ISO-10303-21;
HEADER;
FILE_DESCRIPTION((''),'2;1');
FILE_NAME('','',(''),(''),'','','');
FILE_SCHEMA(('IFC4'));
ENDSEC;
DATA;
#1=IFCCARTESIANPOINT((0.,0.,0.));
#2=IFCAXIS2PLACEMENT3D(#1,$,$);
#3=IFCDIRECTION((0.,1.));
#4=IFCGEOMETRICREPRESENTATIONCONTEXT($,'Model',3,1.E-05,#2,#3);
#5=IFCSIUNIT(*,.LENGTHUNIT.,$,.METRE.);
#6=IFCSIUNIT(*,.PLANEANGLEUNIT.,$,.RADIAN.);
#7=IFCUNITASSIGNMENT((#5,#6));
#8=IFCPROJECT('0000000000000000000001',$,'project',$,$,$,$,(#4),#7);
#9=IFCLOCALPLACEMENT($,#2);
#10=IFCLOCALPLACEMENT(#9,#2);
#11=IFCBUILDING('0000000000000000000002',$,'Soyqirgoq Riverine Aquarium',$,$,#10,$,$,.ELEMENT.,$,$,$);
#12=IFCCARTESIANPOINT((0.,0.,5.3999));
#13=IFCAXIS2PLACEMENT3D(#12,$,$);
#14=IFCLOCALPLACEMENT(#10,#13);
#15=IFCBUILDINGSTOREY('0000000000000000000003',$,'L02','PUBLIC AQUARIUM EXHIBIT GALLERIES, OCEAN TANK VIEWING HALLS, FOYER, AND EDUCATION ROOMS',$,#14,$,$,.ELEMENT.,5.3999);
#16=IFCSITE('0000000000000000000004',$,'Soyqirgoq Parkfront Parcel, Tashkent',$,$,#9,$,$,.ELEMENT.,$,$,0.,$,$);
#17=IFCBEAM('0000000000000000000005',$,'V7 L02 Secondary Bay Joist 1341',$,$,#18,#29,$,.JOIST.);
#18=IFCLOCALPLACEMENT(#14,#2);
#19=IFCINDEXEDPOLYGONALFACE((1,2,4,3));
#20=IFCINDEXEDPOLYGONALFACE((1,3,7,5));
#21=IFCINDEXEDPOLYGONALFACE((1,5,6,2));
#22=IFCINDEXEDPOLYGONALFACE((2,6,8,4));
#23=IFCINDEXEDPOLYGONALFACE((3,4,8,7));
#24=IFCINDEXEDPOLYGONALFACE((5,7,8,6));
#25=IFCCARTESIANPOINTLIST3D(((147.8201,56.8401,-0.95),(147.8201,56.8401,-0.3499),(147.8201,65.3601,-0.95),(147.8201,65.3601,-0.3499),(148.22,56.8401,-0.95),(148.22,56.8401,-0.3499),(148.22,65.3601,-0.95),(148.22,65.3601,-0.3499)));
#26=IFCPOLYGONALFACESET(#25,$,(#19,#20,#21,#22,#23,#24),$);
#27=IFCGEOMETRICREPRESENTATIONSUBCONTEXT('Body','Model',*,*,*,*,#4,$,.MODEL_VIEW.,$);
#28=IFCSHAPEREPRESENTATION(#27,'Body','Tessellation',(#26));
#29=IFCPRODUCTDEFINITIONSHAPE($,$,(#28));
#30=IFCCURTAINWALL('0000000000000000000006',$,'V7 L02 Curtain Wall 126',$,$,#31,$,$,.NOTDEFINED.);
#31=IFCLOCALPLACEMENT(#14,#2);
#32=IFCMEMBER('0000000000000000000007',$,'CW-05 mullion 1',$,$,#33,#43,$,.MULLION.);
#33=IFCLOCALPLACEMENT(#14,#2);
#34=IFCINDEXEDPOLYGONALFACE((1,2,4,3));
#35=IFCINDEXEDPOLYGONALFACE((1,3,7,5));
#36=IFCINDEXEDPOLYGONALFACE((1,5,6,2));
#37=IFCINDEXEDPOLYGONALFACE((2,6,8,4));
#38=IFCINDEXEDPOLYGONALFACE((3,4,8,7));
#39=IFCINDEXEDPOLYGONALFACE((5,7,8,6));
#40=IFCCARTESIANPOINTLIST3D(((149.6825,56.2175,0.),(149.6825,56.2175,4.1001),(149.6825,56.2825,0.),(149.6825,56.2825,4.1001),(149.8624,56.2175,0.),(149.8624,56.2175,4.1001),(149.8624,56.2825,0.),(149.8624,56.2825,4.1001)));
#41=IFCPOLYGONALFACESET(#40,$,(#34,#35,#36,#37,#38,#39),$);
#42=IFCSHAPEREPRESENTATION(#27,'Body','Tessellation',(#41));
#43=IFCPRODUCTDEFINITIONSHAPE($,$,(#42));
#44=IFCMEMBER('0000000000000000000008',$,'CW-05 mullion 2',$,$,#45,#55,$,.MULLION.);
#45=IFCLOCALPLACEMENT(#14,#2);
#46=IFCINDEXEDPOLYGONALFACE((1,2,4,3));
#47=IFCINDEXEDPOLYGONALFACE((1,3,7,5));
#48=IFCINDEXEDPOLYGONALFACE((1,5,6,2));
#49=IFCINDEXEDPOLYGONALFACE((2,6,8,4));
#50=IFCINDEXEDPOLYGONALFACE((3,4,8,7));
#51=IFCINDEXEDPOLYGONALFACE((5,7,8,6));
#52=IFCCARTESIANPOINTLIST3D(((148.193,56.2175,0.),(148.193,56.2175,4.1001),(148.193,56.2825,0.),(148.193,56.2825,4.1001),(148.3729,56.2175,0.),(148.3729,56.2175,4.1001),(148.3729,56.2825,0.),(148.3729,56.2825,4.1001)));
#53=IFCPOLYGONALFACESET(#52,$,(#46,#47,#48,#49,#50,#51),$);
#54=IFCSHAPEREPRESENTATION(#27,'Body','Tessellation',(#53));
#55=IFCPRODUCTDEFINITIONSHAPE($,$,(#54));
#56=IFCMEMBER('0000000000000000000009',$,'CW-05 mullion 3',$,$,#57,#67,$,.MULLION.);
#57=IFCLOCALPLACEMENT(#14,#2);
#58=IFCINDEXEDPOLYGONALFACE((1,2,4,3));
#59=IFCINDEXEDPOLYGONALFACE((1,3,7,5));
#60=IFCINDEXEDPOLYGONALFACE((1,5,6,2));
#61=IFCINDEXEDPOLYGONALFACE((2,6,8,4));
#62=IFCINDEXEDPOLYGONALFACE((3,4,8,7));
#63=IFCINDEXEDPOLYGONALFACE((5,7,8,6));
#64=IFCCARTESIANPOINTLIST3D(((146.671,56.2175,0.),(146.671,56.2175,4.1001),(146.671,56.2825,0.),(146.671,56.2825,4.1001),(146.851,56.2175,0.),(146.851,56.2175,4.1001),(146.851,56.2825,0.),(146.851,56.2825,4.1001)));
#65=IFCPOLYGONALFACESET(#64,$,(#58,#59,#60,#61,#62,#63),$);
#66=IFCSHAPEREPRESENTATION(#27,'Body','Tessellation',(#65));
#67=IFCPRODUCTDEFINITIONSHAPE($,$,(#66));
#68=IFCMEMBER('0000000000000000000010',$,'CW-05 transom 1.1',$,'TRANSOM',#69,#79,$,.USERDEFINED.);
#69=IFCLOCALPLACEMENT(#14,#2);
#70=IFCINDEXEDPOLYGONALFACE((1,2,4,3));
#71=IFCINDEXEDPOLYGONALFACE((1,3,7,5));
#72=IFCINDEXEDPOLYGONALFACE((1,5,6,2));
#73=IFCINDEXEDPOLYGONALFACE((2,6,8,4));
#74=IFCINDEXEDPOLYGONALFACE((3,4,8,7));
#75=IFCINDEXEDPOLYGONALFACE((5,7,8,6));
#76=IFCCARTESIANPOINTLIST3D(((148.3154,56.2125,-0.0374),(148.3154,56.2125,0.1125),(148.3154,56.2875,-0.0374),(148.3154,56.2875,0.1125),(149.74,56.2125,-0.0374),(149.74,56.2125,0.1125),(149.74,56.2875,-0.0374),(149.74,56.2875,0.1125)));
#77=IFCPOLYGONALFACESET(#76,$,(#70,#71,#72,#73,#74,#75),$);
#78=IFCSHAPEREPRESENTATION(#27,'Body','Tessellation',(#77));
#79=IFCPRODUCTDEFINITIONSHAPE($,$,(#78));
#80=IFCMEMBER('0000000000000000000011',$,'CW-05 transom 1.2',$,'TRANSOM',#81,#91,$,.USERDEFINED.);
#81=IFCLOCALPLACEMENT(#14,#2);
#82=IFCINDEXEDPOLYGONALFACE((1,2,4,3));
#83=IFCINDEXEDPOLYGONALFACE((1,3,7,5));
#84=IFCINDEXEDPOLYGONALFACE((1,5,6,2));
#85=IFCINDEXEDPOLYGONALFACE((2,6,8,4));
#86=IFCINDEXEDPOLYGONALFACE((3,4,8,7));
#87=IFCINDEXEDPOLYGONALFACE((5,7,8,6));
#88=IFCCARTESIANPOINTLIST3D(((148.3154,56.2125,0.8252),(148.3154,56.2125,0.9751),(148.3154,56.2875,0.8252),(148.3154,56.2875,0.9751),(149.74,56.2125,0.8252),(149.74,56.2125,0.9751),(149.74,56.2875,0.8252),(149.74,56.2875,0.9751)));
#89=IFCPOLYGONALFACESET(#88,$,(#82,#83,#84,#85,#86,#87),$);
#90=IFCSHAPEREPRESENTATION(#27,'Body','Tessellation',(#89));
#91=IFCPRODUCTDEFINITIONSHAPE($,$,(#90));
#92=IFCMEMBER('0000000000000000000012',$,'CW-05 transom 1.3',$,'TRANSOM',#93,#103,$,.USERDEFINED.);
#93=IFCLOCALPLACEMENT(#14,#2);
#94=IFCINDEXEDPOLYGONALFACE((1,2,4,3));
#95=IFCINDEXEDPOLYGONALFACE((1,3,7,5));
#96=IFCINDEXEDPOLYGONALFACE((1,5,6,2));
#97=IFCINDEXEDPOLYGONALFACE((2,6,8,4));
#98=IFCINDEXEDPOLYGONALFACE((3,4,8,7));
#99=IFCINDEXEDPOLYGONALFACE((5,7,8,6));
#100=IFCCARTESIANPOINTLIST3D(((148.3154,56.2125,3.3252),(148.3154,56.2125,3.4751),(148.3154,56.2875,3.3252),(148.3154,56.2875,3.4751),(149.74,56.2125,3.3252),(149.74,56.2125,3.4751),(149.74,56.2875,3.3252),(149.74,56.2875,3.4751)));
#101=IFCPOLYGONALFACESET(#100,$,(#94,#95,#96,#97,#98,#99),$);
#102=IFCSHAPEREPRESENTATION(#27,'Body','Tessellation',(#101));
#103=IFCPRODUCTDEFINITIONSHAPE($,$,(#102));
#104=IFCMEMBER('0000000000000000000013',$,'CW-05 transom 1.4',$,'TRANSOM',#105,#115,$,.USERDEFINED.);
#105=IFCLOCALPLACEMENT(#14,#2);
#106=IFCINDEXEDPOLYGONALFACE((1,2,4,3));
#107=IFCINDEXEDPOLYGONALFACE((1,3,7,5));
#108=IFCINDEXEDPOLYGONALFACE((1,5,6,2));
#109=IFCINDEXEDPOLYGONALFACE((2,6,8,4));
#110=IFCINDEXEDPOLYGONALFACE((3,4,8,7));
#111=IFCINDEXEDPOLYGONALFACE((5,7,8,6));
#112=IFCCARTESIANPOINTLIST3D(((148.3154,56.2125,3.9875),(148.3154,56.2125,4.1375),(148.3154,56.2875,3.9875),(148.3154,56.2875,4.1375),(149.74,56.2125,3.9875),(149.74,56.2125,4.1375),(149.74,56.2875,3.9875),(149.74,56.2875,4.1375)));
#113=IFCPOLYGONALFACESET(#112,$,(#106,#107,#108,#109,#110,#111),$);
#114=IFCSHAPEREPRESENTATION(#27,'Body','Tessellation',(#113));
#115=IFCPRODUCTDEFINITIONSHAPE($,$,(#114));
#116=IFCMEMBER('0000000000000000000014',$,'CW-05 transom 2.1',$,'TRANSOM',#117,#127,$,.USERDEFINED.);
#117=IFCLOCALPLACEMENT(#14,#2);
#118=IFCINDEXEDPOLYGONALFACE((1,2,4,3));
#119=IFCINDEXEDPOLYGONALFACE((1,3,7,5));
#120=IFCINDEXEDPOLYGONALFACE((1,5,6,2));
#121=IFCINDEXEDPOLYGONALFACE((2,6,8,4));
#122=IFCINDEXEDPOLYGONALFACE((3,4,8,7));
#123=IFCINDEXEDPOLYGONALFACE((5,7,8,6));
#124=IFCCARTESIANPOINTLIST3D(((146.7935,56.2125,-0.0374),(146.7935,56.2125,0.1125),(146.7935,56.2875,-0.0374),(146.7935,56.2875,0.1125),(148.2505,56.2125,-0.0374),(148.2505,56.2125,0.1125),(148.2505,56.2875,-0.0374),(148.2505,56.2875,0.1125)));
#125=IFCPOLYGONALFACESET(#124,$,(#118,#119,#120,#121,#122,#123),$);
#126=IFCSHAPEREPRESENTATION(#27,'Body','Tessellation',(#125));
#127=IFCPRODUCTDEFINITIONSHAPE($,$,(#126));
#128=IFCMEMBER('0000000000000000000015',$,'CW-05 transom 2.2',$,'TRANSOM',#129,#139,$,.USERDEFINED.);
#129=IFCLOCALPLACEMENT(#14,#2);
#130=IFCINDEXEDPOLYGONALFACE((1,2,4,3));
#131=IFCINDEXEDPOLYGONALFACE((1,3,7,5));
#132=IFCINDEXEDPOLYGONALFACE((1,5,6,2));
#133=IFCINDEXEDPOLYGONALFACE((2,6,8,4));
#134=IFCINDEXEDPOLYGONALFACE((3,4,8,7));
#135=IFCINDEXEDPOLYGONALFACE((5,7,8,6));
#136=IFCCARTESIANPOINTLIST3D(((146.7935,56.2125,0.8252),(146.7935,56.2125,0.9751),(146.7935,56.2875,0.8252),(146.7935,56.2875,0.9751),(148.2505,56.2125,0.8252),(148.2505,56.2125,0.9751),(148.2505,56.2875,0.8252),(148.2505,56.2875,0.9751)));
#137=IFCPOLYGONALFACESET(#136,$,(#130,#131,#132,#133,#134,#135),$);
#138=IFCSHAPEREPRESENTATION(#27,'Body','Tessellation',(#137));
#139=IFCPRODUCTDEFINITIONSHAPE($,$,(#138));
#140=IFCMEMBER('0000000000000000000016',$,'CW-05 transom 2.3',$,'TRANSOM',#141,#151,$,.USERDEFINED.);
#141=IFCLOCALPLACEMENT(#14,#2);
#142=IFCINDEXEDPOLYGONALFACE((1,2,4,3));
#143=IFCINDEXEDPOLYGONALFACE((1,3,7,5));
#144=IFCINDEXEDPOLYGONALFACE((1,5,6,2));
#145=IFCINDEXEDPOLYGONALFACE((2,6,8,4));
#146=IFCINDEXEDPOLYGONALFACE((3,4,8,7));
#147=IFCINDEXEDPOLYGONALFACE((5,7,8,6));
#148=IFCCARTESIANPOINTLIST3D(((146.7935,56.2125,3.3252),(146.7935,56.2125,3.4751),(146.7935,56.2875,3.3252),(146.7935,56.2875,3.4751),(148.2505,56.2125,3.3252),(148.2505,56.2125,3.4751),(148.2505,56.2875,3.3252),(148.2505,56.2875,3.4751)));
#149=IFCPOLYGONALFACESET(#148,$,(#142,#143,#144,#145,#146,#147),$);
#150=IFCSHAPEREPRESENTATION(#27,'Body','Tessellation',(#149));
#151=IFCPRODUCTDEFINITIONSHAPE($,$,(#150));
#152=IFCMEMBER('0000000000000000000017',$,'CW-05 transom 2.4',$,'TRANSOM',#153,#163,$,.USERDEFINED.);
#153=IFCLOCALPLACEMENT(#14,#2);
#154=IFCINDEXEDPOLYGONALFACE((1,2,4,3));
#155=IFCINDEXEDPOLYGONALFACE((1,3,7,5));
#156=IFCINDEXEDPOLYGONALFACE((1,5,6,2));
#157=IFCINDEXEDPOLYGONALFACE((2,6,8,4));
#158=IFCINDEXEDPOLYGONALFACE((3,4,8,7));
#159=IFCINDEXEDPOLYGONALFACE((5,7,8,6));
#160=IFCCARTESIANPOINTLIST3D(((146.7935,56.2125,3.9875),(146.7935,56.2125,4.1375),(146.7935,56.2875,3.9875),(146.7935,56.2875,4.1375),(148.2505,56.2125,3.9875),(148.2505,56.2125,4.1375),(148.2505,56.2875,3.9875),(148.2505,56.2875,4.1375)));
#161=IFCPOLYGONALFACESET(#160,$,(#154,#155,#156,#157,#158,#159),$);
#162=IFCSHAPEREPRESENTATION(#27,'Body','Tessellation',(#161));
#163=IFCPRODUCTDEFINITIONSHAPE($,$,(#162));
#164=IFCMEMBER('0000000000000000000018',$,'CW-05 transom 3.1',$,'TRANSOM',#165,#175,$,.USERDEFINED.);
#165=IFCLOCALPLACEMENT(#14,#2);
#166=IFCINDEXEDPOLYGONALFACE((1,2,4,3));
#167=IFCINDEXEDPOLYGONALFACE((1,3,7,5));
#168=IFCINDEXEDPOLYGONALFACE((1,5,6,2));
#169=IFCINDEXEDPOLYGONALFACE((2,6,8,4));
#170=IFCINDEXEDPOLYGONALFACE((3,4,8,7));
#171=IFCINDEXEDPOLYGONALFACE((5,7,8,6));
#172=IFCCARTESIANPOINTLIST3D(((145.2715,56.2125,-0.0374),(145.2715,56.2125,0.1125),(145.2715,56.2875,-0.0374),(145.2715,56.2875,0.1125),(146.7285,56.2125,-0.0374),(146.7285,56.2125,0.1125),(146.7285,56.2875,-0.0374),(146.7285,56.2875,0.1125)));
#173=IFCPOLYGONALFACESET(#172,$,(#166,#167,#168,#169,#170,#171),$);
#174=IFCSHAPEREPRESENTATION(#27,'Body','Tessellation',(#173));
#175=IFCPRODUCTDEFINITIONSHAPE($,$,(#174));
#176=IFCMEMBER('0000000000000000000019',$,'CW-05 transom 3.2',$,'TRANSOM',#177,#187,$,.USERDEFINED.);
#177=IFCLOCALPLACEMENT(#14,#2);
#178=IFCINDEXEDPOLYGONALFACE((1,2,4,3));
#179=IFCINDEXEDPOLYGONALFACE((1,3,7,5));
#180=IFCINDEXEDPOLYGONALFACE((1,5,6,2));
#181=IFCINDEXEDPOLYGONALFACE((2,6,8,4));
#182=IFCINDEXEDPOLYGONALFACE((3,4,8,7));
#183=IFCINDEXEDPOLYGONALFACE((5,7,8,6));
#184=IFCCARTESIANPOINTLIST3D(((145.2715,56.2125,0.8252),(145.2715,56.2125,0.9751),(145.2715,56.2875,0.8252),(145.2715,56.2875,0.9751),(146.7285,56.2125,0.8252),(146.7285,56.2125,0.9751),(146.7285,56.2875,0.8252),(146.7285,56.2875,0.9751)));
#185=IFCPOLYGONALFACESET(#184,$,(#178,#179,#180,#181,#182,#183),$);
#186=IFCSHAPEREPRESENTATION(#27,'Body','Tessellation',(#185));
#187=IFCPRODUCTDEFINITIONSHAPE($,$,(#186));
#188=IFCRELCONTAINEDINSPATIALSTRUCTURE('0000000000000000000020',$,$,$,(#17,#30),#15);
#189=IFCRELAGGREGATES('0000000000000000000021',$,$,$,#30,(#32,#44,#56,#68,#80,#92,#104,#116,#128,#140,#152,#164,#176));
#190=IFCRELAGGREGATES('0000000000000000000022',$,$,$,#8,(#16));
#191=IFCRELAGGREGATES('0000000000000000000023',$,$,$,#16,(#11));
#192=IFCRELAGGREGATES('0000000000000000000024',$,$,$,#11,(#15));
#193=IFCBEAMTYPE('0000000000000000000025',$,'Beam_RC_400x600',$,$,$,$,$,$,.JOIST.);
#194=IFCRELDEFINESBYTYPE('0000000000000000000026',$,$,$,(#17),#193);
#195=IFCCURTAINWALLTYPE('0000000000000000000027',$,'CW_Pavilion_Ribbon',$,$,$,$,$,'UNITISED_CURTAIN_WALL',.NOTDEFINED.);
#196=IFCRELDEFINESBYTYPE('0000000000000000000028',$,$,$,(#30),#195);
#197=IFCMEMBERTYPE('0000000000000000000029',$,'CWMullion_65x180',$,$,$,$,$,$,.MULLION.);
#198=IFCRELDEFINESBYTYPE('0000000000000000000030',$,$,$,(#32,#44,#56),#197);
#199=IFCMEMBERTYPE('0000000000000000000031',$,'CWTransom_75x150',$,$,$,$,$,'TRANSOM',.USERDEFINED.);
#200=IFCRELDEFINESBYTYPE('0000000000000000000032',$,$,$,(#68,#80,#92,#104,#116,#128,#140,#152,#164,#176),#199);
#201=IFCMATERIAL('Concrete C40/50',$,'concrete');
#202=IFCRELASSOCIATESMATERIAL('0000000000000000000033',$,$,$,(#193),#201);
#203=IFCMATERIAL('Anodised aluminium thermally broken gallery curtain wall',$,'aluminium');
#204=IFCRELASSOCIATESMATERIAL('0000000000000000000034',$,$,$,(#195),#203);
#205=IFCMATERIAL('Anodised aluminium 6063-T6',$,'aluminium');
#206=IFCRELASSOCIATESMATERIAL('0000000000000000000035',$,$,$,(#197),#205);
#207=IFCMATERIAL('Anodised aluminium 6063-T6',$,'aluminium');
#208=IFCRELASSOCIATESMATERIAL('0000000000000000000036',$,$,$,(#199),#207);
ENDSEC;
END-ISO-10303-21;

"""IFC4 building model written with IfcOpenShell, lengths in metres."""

from ifc_helpers import new_model, si_unit, direction, frame, origin, origin_2d, place, context, subcontext, project, spatial, rectangle, extrude, material, material_profile, profile_set, type_object, element, aggregate, save


model = new_model("IFC4")

# Units and contexts
model_context = context("Model", 3, precision=1e-05, world=origin(), true_north=direction((0.0, 1.0)))
body_context = subcontext(model_context, "Body", "Model", "MODEL_VIEW")
ifc_project = project(units=[si_unit("LENGTHUNIT", "METRE"), si_unit("PLANEANGLEUNIT", "RADIAN")], contexts=[model_context])

# Site, building, storey
site_placement = place(None, origin())
site = spatial("IfcSite", under=ifc_project, at=site_placement, Name="Soyqirgoq Parkfront Parcel, Tashkent", CompositionType="ELEMENT", RefElevation=0.0)
building_placement = place(site_placement, origin())
building = spatial("IfcBuilding", under=site, at=building_placement, Name="Soyqirgoq Riverine Aquarium", CompositionType="ELEMENT")
storey_placement = place(building_placement, frame((0.0, 0.0, 5.3999)))
storey = spatial("IfcBuildingStorey", under=building, at=storey_placement, Name="L02", Description="PUBLIC AQUARIUM EXHIBIT GALLERIES, OCEAN TANK VIEWING HALLS, FOYER, AND EDUCATION ROOMS", CompositionType="ELEMENT", Elevation=5.3999)

# Beam
ifc_material_1 = material(Name="Concrete C40/50", Category="concrete")
ifc_material_profile_1 = material_profile(ifc_material_1, rectangle(XDim=0.3999, YDim=0.6001, at=origin_2d()), Name="RC 400x600")
ifc_profile_set_1 = profile_set([ifc_material_profile_1], Name="Concrete C40/50")
beam_type = type_object("IfcBeamType", Name="Beam_RC_400x600", PredefinedType="JOIST", material=ifc_profile_set_1)
beam_placement = place(storey_placement, frame((148.02, 56.8401, -0.6499), z_axis=(0.0, 1.0, 0.0), x_axis=(-1.0, 0.0, 0.0)))
element("IfcBeam", 1, at=beam_placement, inside=storey, type_object=beam_type, Name="V7 L02 Secondary Bay Joist 1341", PredefinedType="JOIST", context=body_context, shape_type="SweptSolid", body=[
    extrude(rectangle(XDim=0.3999, YDim=0.6001, at=origin_2d()), origin(), (0.0, 0.0, 1.0), 8.52),
])

# Curtain wall, members
ifc_material_2 = material(Name="Anodised aluminium thermally broken gallery curtain wall", Category="aluminium")
curtain_wall_type = type_object("IfcCurtainWallType", Name="CW_Pavilion_Ribbon", ElementType="UNITISED_CURTAIN_WALL", PredefinedType="NOTDEFINED", material=ifc_material_2)
curtain_wall_placement = place(storey_placement, origin())
curtain_wall = element("IfcCurtainWall", 2, at=curtain_wall_placement, inside=storey, type_object=curtain_wall_type, Name="V7 L02 Curtain Wall 126", PredefinedType="NOTDEFINED")
ifc_material_3 = material(Name="Anodised aluminium 6063-T6", Category="aluminium")
ifc_material_profile_2 = material_profile(ifc_material_3, rectangle(XDim=0.0649, YDim=0.1799, at=origin_2d()), Name="ALU-M 65x180")
ifc_profile_set_2 = profile_set([ifc_material_profile_2], Name="Anodised aluminium 6063-T6")
member_type_1 = type_object("IfcMemberType", Name="CWMullion_65x180", PredefinedType="MULLION", material=ifc_profile_set_2)
member_1_placement = place(storey_placement, frame((149.7725, 56.25, 0.0), z_axis=(0.0, 0.0, 1.0), x_axis=(0.0, -1.0, 0.0)))
member_1 = element("IfcMember", 3, at=member_1_placement, type_object=member_type_1, Name="CW-05 mullion 1", PredefinedType="MULLION", context=body_context, shape_type="SweptSolid", body=[
    extrude(rectangle(XDim=0.0649, YDim=0.1799, at=origin_2d()), origin(), (0.0, 0.0, 1.0), 4.1001),
])
member_2_placement = place(storey_placement, frame((148.283, 56.25, 0.0), z_axis=(0.0, 0.0, 1.0), x_axis=(0.0, -1.0, 0.0)))
member_2 = element("IfcMember", 4, at=member_2_placement, type_object=member_type_1, Name="CW-05 mullion 2", PredefinedType="MULLION", context=body_context, shape_type="SweptSolid", body=[
    extrude(rectangle(XDim=0.0649, YDim=0.1799, at=origin_2d()), origin(), (0.0, 0.0, 1.0), 4.1001),
])
member_3_placement = place(storey_placement, frame((146.761, 56.25, 0.0), z_axis=(0.0, 0.0, 1.0), x_axis=(0.0, -1.0, 0.0)))
member_3 = element("IfcMember", 5, at=member_3_placement, type_object=member_type_1, Name="CW-05 mullion 3", PredefinedType="MULLION", context=body_context, shape_type="SweptSolid", body=[
    extrude(rectangle(XDim=0.0649, YDim=0.1799, at=origin_2d()), origin(), (0.0, 0.0, 1.0), 4.1001),
])
ifc_material_4 = material(Name="Anodised aluminium 6063-T6", Category="aluminium")
ifc_material_profile_3 = material_profile(ifc_material_4, rectangle(XDim=0.075, YDim=0.1499, at=origin_2d()), Name="ALU-T 75x150")
ifc_profile_set_3 = profile_set([ifc_material_profile_3], Name="Anodised aluminium 6063-T6")
member_type_2 = type_object("IfcMemberType", Name="CWTransom_75x150", ElementType="TRANSOM", PredefinedType="USERDEFINED", material=ifc_profile_set_3)
member_4_placement = place(storey_placement, frame((149.74, 56.25, 0.0376), z_axis=(-1.0, 0.0, 0.0), x_axis=(0.0, -1.0, 0.0)))
member_4 = element("IfcMember", 6, at=member_4_placement, type_object=member_type_2, Name="CW-05 transom 1.1", ObjectType="TRANSOM", PredefinedType="USERDEFINED", context=body_context, shape_type="SweptSolid", body=[
    extrude(rectangle(XDim=0.075, YDim=0.1499, at=origin_2d()), origin(), (0.0, 0.0, 1.0), 1.4246),
])
member_5_placement = place(storey_placement, frame((149.74, 56.25, 0.9001), z_axis=(-1.0, 0.0, 0.0), x_axis=(0.0, -1.0, 0.0)))
member_5 = element("IfcMember", 7, at=member_5_placement, type_object=member_type_2, Name="CW-05 transom 1.2", ObjectType="TRANSOM", PredefinedType="USERDEFINED", context=body_context, shape_type="SweptSolid", body=[
    extrude(rectangle(XDim=0.075, YDim=0.1499, at=origin_2d()), origin(), (0.0, 0.0, 1.0), 1.4246),
])
member_6_placement = place(storey_placement, frame((149.74, 56.25, 3.4001), z_axis=(-1.0, 0.0, 0.0), x_axis=(0.0, -1.0, 0.0)))
member_6 = element("IfcMember", 8, at=member_6_placement, type_object=member_type_2, Name="CW-05 transom 1.3", ObjectType="TRANSOM", PredefinedType="USERDEFINED", context=body_context, shape_type="SweptSolid", body=[
    extrude(rectangle(XDim=0.075, YDim=0.1499, at=origin_2d()), origin(), (0.0, 0.0, 1.0), 1.4246),
])
member_7_placement = place(storey_placement, frame((149.74, 56.25, 4.0625), z_axis=(-1.0, 0.0, 0.0), x_axis=(0.0, -1.0, 0.0)))
member_7 = element("IfcMember", 9, at=member_7_placement, type_object=member_type_2, Name="CW-05 transom 1.4", ObjectType="TRANSOM", PredefinedType="USERDEFINED", context=body_context, shape_type="SweptSolid", body=[
    extrude(rectangle(XDim=0.075, YDim=0.1499, at=origin_2d()), origin(), (0.0, 0.0, 1.0), 1.4246),
])
member_8_placement = place(storey_placement, frame((148.2505, 56.25, 0.0376), z_axis=(-1.0, 0.0, 0.0), x_axis=(0.0, -1.0, 0.0)))
member_8 = element("IfcMember", 10, at=member_8_placement, type_object=member_type_2, Name="CW-05 transom 2.1", ObjectType="TRANSOM", PredefinedType="USERDEFINED", context=body_context, shape_type="SweptSolid", body=[
    extrude(rectangle(XDim=0.075, YDim=0.1499, at=origin_2d()), origin(), (0.0, 0.0, 1.0), 1.457),
])
member_9_placement = place(storey_placement, frame((148.2505, 56.25, 0.9001), z_axis=(-1.0, 0.0, 0.0), x_axis=(0.0, -1.0, 0.0)))
member_9 = element("IfcMember", 11, at=member_9_placement, type_object=member_type_2, Name="CW-05 transom 2.2", ObjectType="TRANSOM", PredefinedType="USERDEFINED", context=body_context, shape_type="SweptSolid", body=[
    extrude(rectangle(XDim=0.075, YDim=0.1499, at=origin_2d()), origin(), (0.0, 0.0, 1.0), 1.457),
])
member_10_placement = place(storey_placement, frame((148.2505, 56.25, 3.4001), z_axis=(-1.0, 0.0, 0.0), x_axis=(0.0, -1.0, 0.0)))
member_10 = element("IfcMember", 12, at=member_10_placement, type_object=member_type_2, Name="CW-05 transom 2.3", ObjectType="TRANSOM", PredefinedType="USERDEFINED", context=body_context, shape_type="SweptSolid", body=[
    extrude(rectangle(XDim=0.075, YDim=0.1499, at=origin_2d()), origin(), (0.0, 0.0, 1.0), 1.457),
])
member_11_placement = place(storey_placement, frame((148.2505, 56.25, 4.0625), z_axis=(-1.0, 0.0, 0.0), x_axis=(0.0, -1.0, 0.0)))
member_11 = element("IfcMember", 13, at=member_11_placement, type_object=member_type_2, Name="CW-05 transom 2.4", ObjectType="TRANSOM", PredefinedType="USERDEFINED", context=body_context, shape_type="SweptSolid", body=[
    extrude(rectangle(XDim=0.075, YDim=0.1499, at=origin_2d()), origin(), (0.0, 0.0, 1.0), 1.457),
])
member_12_placement = place(storey_placement, frame((146.7285, 56.25, 0.0376), z_axis=(-1.0, 0.0, 0.0), x_axis=(0.0, -1.0, 0.0)))
member_12 = element("IfcMember", 14, at=member_12_placement, type_object=member_type_2, Name="CW-05 transom 3.1", ObjectType="TRANSOM", PredefinedType="USERDEFINED", context=body_context, shape_type="SweptSolid", body=[
    extrude(rectangle(XDim=0.075, YDim=0.1499, at=origin_2d()), origin(), (0.0, 0.0, 1.0), 1.457),
])
member_13_placement = place(storey_placement, frame((146.7285, 56.25, 0.9001), z_axis=(-1.0, 0.0, 0.0), x_axis=(0.0, -1.0, 0.0)))
member_13 = element("IfcMember", 15, at=member_13_placement, type_object=member_type_2, Name="CW-05 transom 3.2", ObjectType="TRANSOM", PredefinedType="USERDEFINED", context=body_context, shape_type="SweptSolid", body=[
    extrude(rectangle(XDim=0.075, YDim=0.1499, at=origin_2d()), origin(), (0.0, 0.0, 1.0), 1.457),
])
aggregate(curtain_wall, [member_1, member_2, member_3, member_4, member_5, member_6, member_7, member_8, member_9, member_10, member_11, member_12, member_13])

save(model, "model.ifc")
